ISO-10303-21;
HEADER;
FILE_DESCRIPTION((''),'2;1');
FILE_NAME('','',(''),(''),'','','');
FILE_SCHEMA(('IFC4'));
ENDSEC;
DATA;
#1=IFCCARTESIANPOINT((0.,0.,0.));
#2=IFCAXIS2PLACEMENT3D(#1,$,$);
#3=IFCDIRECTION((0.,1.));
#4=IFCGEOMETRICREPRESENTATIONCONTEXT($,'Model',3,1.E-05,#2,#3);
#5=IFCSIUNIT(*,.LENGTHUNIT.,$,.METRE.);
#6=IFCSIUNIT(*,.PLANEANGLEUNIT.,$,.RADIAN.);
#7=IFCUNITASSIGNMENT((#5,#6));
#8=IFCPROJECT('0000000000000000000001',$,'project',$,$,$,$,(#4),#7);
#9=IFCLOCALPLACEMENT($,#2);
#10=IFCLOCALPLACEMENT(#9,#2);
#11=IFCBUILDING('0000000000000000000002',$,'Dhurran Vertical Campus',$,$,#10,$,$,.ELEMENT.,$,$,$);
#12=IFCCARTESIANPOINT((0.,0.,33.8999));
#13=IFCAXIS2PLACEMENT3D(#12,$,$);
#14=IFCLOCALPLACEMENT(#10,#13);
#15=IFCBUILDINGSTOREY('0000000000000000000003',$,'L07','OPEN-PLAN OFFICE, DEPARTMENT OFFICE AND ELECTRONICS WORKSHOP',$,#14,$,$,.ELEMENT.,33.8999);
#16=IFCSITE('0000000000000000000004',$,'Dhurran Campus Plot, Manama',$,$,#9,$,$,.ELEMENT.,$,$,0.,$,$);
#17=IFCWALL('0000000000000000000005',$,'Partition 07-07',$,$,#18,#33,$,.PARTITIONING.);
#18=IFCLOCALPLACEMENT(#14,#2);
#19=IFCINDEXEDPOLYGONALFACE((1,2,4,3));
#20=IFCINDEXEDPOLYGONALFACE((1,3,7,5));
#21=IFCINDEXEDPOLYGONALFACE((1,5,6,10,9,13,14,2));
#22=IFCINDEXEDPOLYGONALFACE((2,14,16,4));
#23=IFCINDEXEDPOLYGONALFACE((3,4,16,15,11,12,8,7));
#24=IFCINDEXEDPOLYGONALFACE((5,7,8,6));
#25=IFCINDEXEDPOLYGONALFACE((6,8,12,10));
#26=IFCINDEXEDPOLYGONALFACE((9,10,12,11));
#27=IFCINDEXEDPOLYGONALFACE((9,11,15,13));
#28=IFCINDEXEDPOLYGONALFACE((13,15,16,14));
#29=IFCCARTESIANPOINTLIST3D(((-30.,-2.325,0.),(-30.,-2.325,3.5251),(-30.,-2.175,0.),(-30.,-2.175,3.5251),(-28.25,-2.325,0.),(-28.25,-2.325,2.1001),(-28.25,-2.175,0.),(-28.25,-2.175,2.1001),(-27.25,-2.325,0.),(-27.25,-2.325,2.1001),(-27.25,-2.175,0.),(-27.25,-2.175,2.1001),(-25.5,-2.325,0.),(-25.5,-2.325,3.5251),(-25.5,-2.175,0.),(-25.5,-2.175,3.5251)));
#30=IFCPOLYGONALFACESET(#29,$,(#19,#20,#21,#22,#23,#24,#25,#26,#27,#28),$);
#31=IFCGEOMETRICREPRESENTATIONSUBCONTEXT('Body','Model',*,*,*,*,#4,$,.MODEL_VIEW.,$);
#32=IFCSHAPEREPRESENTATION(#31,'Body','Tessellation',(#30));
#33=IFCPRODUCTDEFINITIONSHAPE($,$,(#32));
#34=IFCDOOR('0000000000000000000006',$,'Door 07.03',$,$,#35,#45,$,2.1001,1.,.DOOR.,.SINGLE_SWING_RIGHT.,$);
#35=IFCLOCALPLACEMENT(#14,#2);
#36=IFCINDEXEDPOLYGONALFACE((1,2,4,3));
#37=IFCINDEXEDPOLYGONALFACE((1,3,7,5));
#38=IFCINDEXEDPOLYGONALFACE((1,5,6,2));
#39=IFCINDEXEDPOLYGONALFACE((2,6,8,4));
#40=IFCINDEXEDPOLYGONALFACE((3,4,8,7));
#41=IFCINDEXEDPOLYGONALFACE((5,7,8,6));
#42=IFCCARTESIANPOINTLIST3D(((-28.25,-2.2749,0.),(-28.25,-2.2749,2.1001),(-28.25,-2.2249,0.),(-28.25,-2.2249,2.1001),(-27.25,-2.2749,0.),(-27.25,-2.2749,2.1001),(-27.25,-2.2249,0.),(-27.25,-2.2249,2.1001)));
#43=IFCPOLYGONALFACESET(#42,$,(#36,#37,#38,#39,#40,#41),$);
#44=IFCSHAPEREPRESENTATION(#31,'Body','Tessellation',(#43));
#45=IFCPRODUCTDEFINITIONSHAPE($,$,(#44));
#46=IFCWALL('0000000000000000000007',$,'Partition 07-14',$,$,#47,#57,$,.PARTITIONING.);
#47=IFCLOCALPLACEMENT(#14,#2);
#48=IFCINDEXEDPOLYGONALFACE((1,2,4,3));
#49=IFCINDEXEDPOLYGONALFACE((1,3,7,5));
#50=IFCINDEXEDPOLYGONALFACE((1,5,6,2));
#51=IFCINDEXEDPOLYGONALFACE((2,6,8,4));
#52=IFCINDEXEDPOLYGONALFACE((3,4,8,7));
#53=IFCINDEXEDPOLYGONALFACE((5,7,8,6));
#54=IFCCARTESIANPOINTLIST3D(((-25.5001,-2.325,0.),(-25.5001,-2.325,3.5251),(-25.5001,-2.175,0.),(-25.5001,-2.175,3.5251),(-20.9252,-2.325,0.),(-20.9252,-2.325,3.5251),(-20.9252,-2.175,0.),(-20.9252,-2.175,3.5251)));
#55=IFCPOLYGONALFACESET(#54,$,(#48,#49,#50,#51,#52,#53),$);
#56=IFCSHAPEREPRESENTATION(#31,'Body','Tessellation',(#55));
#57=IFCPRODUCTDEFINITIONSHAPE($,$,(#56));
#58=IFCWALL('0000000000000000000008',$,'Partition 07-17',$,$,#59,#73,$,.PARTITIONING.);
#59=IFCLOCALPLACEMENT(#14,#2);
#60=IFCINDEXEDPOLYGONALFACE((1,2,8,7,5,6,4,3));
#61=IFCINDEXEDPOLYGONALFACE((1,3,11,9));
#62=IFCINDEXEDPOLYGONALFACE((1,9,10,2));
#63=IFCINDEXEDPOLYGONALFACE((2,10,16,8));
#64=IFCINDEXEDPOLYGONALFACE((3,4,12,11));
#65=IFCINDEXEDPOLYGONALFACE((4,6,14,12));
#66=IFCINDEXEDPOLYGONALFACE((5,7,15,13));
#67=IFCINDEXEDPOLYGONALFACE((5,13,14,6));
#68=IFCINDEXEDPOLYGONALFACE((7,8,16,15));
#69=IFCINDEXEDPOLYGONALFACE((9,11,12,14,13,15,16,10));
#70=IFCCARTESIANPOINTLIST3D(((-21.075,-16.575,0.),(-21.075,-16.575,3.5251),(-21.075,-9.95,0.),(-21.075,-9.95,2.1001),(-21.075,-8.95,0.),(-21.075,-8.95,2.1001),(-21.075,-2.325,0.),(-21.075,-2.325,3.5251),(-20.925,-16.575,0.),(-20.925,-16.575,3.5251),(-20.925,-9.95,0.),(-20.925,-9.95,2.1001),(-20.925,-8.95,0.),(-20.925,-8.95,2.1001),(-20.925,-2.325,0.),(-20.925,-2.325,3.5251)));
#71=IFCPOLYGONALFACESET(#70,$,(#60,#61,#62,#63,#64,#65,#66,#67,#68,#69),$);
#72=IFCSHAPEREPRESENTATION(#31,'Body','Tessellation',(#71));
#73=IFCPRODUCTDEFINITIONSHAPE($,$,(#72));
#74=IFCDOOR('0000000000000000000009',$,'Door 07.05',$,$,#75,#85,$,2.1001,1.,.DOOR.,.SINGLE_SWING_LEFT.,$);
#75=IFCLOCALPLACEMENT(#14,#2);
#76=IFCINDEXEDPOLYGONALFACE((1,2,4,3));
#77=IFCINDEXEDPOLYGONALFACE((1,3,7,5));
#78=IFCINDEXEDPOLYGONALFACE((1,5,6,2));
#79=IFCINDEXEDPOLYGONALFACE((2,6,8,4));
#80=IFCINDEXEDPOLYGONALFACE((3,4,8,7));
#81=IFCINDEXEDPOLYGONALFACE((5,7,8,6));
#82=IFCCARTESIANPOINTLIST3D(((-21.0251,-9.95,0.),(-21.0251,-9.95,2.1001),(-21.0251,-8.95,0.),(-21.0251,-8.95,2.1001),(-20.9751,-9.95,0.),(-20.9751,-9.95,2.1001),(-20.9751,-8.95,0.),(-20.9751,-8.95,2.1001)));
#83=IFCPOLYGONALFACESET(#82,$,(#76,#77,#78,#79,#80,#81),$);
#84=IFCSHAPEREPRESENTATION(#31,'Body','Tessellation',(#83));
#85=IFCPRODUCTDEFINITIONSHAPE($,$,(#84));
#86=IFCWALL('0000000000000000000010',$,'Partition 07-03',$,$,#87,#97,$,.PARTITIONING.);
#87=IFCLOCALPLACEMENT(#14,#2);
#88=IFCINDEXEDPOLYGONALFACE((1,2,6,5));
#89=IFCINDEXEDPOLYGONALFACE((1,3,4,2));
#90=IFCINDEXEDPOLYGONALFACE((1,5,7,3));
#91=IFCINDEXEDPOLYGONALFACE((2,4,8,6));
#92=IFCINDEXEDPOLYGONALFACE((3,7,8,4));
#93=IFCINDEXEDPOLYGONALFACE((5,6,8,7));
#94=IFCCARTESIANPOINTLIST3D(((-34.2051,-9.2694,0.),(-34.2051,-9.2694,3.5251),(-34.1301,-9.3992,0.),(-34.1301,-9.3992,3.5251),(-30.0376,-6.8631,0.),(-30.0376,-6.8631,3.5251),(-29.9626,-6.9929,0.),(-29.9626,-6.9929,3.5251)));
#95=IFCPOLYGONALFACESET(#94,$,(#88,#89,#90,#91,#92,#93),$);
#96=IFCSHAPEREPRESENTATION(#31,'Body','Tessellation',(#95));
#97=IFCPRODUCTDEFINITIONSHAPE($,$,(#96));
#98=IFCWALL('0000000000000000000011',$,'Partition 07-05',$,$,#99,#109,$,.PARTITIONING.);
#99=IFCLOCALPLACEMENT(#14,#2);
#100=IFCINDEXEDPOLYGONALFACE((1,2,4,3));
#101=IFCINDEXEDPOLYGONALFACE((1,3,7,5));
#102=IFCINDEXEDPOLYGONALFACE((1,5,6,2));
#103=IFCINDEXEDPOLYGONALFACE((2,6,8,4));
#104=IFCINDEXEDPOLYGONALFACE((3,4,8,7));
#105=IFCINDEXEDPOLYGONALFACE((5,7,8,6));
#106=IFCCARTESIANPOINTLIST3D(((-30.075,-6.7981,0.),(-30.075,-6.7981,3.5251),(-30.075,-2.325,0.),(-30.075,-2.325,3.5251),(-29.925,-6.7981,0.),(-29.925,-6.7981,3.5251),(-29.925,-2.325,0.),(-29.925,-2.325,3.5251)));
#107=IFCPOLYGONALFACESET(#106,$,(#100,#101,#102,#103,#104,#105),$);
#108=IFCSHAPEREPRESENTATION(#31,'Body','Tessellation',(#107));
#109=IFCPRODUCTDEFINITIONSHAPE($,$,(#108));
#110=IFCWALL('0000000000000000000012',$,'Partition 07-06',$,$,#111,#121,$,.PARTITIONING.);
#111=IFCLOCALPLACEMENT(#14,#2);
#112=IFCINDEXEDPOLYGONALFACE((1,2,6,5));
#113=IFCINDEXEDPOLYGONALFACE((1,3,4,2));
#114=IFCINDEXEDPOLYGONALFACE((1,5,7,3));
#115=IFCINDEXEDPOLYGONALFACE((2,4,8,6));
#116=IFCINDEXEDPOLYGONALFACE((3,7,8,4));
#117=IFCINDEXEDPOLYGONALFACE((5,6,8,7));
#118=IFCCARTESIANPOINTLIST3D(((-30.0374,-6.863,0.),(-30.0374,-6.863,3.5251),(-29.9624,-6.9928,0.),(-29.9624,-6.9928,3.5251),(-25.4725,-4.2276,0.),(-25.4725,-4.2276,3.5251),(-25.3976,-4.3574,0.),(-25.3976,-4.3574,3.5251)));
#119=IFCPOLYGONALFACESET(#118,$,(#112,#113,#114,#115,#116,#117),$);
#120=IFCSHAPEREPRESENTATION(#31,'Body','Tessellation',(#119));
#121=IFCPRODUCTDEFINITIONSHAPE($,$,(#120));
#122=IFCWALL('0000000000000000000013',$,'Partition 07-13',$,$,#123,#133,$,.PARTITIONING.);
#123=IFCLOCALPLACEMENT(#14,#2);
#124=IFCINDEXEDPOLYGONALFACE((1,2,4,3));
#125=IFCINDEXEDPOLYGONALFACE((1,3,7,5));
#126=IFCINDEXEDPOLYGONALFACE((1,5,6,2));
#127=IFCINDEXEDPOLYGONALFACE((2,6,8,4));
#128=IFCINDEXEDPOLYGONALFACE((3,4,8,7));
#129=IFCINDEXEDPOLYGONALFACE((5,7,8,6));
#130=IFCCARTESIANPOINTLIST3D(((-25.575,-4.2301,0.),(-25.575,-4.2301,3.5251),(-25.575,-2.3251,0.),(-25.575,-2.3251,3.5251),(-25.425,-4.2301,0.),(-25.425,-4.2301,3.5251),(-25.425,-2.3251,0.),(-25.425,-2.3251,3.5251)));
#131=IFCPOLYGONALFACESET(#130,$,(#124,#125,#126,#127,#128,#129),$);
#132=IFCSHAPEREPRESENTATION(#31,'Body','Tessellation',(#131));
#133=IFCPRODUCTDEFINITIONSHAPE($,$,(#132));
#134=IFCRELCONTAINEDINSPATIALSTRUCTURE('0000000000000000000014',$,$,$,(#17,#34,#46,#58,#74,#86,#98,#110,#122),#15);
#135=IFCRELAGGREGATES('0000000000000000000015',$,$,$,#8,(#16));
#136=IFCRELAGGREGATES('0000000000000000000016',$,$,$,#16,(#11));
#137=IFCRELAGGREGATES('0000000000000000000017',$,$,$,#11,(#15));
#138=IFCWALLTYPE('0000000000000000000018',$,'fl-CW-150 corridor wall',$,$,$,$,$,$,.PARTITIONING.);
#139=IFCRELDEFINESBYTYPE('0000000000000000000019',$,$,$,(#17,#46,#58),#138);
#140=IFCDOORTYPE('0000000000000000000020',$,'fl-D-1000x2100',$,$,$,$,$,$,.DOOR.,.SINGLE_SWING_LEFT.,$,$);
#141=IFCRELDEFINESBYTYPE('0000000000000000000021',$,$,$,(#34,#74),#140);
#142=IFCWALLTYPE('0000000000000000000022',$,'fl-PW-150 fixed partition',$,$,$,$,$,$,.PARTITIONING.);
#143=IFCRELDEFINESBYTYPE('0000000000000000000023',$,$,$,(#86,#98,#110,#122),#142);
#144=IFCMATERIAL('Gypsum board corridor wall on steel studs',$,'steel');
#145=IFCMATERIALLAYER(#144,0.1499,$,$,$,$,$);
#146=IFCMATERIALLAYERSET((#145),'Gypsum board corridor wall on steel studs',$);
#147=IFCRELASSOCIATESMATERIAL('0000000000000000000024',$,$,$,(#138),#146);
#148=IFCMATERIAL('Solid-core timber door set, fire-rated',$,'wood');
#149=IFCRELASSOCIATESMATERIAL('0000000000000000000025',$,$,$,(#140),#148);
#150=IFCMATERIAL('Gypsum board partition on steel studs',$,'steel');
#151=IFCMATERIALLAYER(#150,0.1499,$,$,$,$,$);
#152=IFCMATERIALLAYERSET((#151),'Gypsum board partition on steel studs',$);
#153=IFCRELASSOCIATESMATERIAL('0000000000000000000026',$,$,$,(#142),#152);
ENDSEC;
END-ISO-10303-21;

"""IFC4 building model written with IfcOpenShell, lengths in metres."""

from ifc_helpers import new_model, si_unit, direction, frame, frame_2d, origin, place, context, subcontext, project, spatial, rectangle, extrude, material, layer, layer_set, type_object, element, fill, save


model = new_model("IFC4")

# Units and contexts
model_context = context("Model", 3, precision=1e-05, world=origin(), true_north=direction((0.0, 1.0)))
body_context = subcontext(model_context, "Body", "Model", "MODEL_VIEW")
ifc_project = project(units=[si_unit("LENGTHUNIT", "METRE"), si_unit("PLANEANGLEUNIT", "RADIAN")], contexts=[model_context])

# Site, building, storey
site_placement = place(None, origin())
site = spatial("IfcSite", under=ifc_project, at=site_placement, Name="Dhurran Campus Plot, Manama", CompositionType="ELEMENT", RefElevation=0.0)
building_placement = place(site_placement, origin())
building = spatial("IfcBuilding", under=site, at=building_placement, Name="Dhurran Vertical Campus", CompositionType="ELEMENT")
storey_placement = place(building_placement, frame((0.0, 0.0, 33.8999)))
storey = spatial("IfcBuildingStorey", under=building, at=storey_placement, Name="L07", Description="OPEN-PLAN OFFICE, DEPARTMENT OFFICE AND ELECTRONICS WORKSHOP", CompositionType="ELEMENT", Elevation=33.8999)

# Wall, opening, door
ifc_material_1 = material(Name="Gypsum board corridor wall on steel studs", Category="steel")
ifc_layer_1 = layer(ifc_material_1, 0.1499)
ifc_layer_set_1 = layer_set([ifc_layer_1], Name="Gypsum board corridor wall on steel studs")
wall_type_1 = type_object("IfcWallType", Name="fl-CW-150 corridor wall", PredefinedType="PARTITIONING", material=ifc_layer_set_1)
ifc_material_2 = material(Name="Solid-core timber door set, fire-rated", Category="wood")
door_type_1 = type_object("IfcDoorType", Name="fl-D-1000x2100", OperationType="SINGLE_SWING_LEFT", PredefinedType="DOOR", material=ifc_material_2)
wall_1_placement = place(storey_placement, frame((-25.5, -2.25, 0.0), z_axis=(0.0, 0.0, 1.0), x_axis=(-1.0, 0.0, 0.0)))
wall_1 = element("IfcWall", 1, at=wall_1_placement, inside=storey, type_object=wall_type_1, Name="Partition 07-07", PredefinedType="PARTITIONING", context=body_context, shape_type="SweptSolid", body=[
    extrude(rectangle(XDim=4.5, YDim=0.1499, at=frame_2d((2.25, 0.0))), origin(), (0.0, 0.0, 1.0), 3.5251),
])
opening_1_placement = place(wall_1_placement, frame((1.75, 0.0, 0.0)))
opening_1 = element("IfcOpeningElement", 2, at=opening_1_placement, cuts=wall_1, PredefinedType="OPENING", context=body_context, shape_type="SweptSolid", body=[
    extrude(rectangle(XDim=1.0, YDim=2.1001, at=frame_2d((0.5, 1.05))), frame((0.0, 0.085, 0.0), z_axis=(0.0, -1.0, 0.0), x_axis=(1.0, 0.0, 0.0)), (0.0, 0.0, 1.0), 0.1699),
])
door_1_placement = place(opening_1_placement, origin())
door_1 = element("IfcDoor", 3, at=door_1_placement, inside=storey, type_object=door_type_1, Name="Door 07.03", OperationType="SINGLE_SWING_RIGHT", OverallHeight=2.1001, OverallWidth=1.0, PredefinedType="DOOR", context=body_context, shape_type="SweptSolid", body=[
    extrude(rectangle(XDim=1.0, YDim=2.1001, at=frame_2d((0.5, 1.05))), frame((0.0, 0.0249, 0.0), z_axis=(0.0, -1.0, 0.0), x_axis=(1.0, 0.0, 0.0)), (0.0, 0.0, 1.0), 0.05),
])
fill(opening_1, door_1)

# Wall
wall_2_placement = place(storey_placement, frame((-20.925, -2.25, 0.0), z_axis=(0.0, 0.0, 1.0), x_axis=(-1.0, 0.0, 0.0)))
element("IfcWall", 4, at=wall_2_placement, inside=storey, type_object=wall_type_1, Name="Partition 07-14", PredefinedType="PARTITIONING", context=body_context, shape_type="SweptSolid", body=[
    extrude(rectangle(XDim=4.575, YDim=0.1499, at=frame_2d((2.2876, 0.0))), origin(), (0.0, 0.0, 1.0), 3.5251),
])

# Wall, opening, door
wall_3_placement = place(storey_placement, frame((-21.0, -2.325, 0.0), z_axis=(0.0, 0.0, 1.0), x_axis=(0.0, -1.0, 0.0)))
wall_3 = element("IfcWall", 5, at=wall_3_placement, inside=storey, type_object=wall_type_1, Name="Partition 07-17", PredefinedType="PARTITIONING", context=body_context, shape_type="SweptSolid", body=[
    extrude(rectangle(XDim=14.25, YDim=0.1499, at=frame_2d((7.125, 0.0))), origin(), (0.0, 0.0, 1.0), 3.5251),
])
opening_2_placement = place(wall_3_placement, frame((6.625, 0.0, 0.0)))
opening_2 = element("IfcOpeningElement", 6, at=opening_2_placement, cuts=wall_3, PredefinedType="OPENING", context=body_context, shape_type="SweptSolid", body=[
    extrude(rectangle(XDim=1.0, YDim=2.1001, at=frame_2d((0.5, 1.05))), frame((0.0, 0.085, 0.0), z_axis=(0.0, -1.0, 0.0), x_axis=(1.0, 0.0, 0.0)), (0.0, 0.0, 1.0), 0.1699),
])
door_2_placement = place(opening_2_placement, origin())
door_2 = element("IfcDoor", 7, at=door_2_placement, inside=storey, type_object=door_type_1, Name="Door 07.05", OperationType="SINGLE_SWING_LEFT", OverallHeight=2.1001, OverallWidth=1.0, PredefinedType="DOOR", context=body_context, shape_type="SweptSolid", body=[
    extrude(rectangle(XDim=1.0, YDim=2.1001, at=frame_2d((0.5, 1.05))), frame((0.0, 0.0249, 0.0), z_axis=(0.0, -1.0, 0.0), x_axis=(1.0, 0.0, 0.0)), (0.0, 0.0, 1.0), 0.05),
])
fill(opening_2, door_2)

# Walls
ifc_material_3 = material(Name="Gypsum board partition on steel studs", Category="steel")
ifc_layer_2 = layer(ifc_material_3, 0.1499)
ifc_layer_set_2 = layer_set([ifc_layer_2], Name="Gypsum board partition on steel studs")
wall_type_2 = type_object("IfcWallType", Name="fl-PW-150 fixed partition", PredefinedType="PARTITIONING", material=ifc_layer_set_2)
wall_4_placement = place(storey_placement, frame((-30.0, -6.928, 0.0), z_axis=(0.0, 0.0, 1.0), x_axis=(-0.866012, -0.500024, 0.0)))
element("IfcWall", 8, at=wall_4_placement, inside=storey, type_object=wall_type_2, Name="Partition 07-03", PredefinedType="PARTITIONING", context=body_context, shape_type="SweptSolid", body=[
    extrude(rectangle(XDim=4.8123, YDim=0.1499, at=frame_2d((2.4062, 0.0))), origin(), (0.0, 0.0, 1.0), 3.5251),
])
wall_5_placement = place(storey_placement, frame((-30.0, -2.325, 0.0), z_axis=(0.0, 0.0, 1.0), x_axis=(0.0, -1.0, 0.0)))
element("IfcWall", 9, at=wall_5_placement, inside=storey, type_object=wall_type_2, Name="Partition 07-05", PredefinedType="PARTITIONING", context=body_context, shape_type="SweptSolid", body=[
    extrude(rectangle(XDim=4.4731, YDim=0.1499, at=frame_2d((2.2366, 0.0))), origin(), (0.0, 0.0, 1.0), 3.5251),
])
wall_6_placement = place(storey_placement, frame((-25.4351, -4.2925, 0.0), z_axis=(0.0, 0.0, 1.0), x_axis=(-0.866031, -0.49999, 0.0)))
element("IfcWall", 10, at=wall_6_placement, inside=storey, type_object=wall_type_2, Name="Partition 07-06", PredefinedType="PARTITIONING", context=body_context, shape_type="SweptSolid", body=[
    extrude(rectangle(XDim=5.271, YDim=0.1499, at=frame_2d((2.6355, 0.0))), origin(), (0.0, 0.0, 1.0), 3.5251),
])
wall_7_placement = place(storey_placement, frame((-25.5, -2.325, 0.0), z_axis=(0.0, 0.0, 1.0), x_axis=(0.0, -1.0, 0.0)))
element("IfcWall", 11, at=wall_7_placement, inside=storey, type_object=wall_type_2, Name="Partition 07-13", PredefinedType="PARTITIONING", context=body_context, shape_type="SweptSolid", body=[
    extrude(rectangle(XDim=1.905, YDim=0.1499, at=frame_2d((0.9526, 0.0))), origin(), (0.0, 0.0, 1.0), 3.5251),
])

save(model, "model.ifc")
